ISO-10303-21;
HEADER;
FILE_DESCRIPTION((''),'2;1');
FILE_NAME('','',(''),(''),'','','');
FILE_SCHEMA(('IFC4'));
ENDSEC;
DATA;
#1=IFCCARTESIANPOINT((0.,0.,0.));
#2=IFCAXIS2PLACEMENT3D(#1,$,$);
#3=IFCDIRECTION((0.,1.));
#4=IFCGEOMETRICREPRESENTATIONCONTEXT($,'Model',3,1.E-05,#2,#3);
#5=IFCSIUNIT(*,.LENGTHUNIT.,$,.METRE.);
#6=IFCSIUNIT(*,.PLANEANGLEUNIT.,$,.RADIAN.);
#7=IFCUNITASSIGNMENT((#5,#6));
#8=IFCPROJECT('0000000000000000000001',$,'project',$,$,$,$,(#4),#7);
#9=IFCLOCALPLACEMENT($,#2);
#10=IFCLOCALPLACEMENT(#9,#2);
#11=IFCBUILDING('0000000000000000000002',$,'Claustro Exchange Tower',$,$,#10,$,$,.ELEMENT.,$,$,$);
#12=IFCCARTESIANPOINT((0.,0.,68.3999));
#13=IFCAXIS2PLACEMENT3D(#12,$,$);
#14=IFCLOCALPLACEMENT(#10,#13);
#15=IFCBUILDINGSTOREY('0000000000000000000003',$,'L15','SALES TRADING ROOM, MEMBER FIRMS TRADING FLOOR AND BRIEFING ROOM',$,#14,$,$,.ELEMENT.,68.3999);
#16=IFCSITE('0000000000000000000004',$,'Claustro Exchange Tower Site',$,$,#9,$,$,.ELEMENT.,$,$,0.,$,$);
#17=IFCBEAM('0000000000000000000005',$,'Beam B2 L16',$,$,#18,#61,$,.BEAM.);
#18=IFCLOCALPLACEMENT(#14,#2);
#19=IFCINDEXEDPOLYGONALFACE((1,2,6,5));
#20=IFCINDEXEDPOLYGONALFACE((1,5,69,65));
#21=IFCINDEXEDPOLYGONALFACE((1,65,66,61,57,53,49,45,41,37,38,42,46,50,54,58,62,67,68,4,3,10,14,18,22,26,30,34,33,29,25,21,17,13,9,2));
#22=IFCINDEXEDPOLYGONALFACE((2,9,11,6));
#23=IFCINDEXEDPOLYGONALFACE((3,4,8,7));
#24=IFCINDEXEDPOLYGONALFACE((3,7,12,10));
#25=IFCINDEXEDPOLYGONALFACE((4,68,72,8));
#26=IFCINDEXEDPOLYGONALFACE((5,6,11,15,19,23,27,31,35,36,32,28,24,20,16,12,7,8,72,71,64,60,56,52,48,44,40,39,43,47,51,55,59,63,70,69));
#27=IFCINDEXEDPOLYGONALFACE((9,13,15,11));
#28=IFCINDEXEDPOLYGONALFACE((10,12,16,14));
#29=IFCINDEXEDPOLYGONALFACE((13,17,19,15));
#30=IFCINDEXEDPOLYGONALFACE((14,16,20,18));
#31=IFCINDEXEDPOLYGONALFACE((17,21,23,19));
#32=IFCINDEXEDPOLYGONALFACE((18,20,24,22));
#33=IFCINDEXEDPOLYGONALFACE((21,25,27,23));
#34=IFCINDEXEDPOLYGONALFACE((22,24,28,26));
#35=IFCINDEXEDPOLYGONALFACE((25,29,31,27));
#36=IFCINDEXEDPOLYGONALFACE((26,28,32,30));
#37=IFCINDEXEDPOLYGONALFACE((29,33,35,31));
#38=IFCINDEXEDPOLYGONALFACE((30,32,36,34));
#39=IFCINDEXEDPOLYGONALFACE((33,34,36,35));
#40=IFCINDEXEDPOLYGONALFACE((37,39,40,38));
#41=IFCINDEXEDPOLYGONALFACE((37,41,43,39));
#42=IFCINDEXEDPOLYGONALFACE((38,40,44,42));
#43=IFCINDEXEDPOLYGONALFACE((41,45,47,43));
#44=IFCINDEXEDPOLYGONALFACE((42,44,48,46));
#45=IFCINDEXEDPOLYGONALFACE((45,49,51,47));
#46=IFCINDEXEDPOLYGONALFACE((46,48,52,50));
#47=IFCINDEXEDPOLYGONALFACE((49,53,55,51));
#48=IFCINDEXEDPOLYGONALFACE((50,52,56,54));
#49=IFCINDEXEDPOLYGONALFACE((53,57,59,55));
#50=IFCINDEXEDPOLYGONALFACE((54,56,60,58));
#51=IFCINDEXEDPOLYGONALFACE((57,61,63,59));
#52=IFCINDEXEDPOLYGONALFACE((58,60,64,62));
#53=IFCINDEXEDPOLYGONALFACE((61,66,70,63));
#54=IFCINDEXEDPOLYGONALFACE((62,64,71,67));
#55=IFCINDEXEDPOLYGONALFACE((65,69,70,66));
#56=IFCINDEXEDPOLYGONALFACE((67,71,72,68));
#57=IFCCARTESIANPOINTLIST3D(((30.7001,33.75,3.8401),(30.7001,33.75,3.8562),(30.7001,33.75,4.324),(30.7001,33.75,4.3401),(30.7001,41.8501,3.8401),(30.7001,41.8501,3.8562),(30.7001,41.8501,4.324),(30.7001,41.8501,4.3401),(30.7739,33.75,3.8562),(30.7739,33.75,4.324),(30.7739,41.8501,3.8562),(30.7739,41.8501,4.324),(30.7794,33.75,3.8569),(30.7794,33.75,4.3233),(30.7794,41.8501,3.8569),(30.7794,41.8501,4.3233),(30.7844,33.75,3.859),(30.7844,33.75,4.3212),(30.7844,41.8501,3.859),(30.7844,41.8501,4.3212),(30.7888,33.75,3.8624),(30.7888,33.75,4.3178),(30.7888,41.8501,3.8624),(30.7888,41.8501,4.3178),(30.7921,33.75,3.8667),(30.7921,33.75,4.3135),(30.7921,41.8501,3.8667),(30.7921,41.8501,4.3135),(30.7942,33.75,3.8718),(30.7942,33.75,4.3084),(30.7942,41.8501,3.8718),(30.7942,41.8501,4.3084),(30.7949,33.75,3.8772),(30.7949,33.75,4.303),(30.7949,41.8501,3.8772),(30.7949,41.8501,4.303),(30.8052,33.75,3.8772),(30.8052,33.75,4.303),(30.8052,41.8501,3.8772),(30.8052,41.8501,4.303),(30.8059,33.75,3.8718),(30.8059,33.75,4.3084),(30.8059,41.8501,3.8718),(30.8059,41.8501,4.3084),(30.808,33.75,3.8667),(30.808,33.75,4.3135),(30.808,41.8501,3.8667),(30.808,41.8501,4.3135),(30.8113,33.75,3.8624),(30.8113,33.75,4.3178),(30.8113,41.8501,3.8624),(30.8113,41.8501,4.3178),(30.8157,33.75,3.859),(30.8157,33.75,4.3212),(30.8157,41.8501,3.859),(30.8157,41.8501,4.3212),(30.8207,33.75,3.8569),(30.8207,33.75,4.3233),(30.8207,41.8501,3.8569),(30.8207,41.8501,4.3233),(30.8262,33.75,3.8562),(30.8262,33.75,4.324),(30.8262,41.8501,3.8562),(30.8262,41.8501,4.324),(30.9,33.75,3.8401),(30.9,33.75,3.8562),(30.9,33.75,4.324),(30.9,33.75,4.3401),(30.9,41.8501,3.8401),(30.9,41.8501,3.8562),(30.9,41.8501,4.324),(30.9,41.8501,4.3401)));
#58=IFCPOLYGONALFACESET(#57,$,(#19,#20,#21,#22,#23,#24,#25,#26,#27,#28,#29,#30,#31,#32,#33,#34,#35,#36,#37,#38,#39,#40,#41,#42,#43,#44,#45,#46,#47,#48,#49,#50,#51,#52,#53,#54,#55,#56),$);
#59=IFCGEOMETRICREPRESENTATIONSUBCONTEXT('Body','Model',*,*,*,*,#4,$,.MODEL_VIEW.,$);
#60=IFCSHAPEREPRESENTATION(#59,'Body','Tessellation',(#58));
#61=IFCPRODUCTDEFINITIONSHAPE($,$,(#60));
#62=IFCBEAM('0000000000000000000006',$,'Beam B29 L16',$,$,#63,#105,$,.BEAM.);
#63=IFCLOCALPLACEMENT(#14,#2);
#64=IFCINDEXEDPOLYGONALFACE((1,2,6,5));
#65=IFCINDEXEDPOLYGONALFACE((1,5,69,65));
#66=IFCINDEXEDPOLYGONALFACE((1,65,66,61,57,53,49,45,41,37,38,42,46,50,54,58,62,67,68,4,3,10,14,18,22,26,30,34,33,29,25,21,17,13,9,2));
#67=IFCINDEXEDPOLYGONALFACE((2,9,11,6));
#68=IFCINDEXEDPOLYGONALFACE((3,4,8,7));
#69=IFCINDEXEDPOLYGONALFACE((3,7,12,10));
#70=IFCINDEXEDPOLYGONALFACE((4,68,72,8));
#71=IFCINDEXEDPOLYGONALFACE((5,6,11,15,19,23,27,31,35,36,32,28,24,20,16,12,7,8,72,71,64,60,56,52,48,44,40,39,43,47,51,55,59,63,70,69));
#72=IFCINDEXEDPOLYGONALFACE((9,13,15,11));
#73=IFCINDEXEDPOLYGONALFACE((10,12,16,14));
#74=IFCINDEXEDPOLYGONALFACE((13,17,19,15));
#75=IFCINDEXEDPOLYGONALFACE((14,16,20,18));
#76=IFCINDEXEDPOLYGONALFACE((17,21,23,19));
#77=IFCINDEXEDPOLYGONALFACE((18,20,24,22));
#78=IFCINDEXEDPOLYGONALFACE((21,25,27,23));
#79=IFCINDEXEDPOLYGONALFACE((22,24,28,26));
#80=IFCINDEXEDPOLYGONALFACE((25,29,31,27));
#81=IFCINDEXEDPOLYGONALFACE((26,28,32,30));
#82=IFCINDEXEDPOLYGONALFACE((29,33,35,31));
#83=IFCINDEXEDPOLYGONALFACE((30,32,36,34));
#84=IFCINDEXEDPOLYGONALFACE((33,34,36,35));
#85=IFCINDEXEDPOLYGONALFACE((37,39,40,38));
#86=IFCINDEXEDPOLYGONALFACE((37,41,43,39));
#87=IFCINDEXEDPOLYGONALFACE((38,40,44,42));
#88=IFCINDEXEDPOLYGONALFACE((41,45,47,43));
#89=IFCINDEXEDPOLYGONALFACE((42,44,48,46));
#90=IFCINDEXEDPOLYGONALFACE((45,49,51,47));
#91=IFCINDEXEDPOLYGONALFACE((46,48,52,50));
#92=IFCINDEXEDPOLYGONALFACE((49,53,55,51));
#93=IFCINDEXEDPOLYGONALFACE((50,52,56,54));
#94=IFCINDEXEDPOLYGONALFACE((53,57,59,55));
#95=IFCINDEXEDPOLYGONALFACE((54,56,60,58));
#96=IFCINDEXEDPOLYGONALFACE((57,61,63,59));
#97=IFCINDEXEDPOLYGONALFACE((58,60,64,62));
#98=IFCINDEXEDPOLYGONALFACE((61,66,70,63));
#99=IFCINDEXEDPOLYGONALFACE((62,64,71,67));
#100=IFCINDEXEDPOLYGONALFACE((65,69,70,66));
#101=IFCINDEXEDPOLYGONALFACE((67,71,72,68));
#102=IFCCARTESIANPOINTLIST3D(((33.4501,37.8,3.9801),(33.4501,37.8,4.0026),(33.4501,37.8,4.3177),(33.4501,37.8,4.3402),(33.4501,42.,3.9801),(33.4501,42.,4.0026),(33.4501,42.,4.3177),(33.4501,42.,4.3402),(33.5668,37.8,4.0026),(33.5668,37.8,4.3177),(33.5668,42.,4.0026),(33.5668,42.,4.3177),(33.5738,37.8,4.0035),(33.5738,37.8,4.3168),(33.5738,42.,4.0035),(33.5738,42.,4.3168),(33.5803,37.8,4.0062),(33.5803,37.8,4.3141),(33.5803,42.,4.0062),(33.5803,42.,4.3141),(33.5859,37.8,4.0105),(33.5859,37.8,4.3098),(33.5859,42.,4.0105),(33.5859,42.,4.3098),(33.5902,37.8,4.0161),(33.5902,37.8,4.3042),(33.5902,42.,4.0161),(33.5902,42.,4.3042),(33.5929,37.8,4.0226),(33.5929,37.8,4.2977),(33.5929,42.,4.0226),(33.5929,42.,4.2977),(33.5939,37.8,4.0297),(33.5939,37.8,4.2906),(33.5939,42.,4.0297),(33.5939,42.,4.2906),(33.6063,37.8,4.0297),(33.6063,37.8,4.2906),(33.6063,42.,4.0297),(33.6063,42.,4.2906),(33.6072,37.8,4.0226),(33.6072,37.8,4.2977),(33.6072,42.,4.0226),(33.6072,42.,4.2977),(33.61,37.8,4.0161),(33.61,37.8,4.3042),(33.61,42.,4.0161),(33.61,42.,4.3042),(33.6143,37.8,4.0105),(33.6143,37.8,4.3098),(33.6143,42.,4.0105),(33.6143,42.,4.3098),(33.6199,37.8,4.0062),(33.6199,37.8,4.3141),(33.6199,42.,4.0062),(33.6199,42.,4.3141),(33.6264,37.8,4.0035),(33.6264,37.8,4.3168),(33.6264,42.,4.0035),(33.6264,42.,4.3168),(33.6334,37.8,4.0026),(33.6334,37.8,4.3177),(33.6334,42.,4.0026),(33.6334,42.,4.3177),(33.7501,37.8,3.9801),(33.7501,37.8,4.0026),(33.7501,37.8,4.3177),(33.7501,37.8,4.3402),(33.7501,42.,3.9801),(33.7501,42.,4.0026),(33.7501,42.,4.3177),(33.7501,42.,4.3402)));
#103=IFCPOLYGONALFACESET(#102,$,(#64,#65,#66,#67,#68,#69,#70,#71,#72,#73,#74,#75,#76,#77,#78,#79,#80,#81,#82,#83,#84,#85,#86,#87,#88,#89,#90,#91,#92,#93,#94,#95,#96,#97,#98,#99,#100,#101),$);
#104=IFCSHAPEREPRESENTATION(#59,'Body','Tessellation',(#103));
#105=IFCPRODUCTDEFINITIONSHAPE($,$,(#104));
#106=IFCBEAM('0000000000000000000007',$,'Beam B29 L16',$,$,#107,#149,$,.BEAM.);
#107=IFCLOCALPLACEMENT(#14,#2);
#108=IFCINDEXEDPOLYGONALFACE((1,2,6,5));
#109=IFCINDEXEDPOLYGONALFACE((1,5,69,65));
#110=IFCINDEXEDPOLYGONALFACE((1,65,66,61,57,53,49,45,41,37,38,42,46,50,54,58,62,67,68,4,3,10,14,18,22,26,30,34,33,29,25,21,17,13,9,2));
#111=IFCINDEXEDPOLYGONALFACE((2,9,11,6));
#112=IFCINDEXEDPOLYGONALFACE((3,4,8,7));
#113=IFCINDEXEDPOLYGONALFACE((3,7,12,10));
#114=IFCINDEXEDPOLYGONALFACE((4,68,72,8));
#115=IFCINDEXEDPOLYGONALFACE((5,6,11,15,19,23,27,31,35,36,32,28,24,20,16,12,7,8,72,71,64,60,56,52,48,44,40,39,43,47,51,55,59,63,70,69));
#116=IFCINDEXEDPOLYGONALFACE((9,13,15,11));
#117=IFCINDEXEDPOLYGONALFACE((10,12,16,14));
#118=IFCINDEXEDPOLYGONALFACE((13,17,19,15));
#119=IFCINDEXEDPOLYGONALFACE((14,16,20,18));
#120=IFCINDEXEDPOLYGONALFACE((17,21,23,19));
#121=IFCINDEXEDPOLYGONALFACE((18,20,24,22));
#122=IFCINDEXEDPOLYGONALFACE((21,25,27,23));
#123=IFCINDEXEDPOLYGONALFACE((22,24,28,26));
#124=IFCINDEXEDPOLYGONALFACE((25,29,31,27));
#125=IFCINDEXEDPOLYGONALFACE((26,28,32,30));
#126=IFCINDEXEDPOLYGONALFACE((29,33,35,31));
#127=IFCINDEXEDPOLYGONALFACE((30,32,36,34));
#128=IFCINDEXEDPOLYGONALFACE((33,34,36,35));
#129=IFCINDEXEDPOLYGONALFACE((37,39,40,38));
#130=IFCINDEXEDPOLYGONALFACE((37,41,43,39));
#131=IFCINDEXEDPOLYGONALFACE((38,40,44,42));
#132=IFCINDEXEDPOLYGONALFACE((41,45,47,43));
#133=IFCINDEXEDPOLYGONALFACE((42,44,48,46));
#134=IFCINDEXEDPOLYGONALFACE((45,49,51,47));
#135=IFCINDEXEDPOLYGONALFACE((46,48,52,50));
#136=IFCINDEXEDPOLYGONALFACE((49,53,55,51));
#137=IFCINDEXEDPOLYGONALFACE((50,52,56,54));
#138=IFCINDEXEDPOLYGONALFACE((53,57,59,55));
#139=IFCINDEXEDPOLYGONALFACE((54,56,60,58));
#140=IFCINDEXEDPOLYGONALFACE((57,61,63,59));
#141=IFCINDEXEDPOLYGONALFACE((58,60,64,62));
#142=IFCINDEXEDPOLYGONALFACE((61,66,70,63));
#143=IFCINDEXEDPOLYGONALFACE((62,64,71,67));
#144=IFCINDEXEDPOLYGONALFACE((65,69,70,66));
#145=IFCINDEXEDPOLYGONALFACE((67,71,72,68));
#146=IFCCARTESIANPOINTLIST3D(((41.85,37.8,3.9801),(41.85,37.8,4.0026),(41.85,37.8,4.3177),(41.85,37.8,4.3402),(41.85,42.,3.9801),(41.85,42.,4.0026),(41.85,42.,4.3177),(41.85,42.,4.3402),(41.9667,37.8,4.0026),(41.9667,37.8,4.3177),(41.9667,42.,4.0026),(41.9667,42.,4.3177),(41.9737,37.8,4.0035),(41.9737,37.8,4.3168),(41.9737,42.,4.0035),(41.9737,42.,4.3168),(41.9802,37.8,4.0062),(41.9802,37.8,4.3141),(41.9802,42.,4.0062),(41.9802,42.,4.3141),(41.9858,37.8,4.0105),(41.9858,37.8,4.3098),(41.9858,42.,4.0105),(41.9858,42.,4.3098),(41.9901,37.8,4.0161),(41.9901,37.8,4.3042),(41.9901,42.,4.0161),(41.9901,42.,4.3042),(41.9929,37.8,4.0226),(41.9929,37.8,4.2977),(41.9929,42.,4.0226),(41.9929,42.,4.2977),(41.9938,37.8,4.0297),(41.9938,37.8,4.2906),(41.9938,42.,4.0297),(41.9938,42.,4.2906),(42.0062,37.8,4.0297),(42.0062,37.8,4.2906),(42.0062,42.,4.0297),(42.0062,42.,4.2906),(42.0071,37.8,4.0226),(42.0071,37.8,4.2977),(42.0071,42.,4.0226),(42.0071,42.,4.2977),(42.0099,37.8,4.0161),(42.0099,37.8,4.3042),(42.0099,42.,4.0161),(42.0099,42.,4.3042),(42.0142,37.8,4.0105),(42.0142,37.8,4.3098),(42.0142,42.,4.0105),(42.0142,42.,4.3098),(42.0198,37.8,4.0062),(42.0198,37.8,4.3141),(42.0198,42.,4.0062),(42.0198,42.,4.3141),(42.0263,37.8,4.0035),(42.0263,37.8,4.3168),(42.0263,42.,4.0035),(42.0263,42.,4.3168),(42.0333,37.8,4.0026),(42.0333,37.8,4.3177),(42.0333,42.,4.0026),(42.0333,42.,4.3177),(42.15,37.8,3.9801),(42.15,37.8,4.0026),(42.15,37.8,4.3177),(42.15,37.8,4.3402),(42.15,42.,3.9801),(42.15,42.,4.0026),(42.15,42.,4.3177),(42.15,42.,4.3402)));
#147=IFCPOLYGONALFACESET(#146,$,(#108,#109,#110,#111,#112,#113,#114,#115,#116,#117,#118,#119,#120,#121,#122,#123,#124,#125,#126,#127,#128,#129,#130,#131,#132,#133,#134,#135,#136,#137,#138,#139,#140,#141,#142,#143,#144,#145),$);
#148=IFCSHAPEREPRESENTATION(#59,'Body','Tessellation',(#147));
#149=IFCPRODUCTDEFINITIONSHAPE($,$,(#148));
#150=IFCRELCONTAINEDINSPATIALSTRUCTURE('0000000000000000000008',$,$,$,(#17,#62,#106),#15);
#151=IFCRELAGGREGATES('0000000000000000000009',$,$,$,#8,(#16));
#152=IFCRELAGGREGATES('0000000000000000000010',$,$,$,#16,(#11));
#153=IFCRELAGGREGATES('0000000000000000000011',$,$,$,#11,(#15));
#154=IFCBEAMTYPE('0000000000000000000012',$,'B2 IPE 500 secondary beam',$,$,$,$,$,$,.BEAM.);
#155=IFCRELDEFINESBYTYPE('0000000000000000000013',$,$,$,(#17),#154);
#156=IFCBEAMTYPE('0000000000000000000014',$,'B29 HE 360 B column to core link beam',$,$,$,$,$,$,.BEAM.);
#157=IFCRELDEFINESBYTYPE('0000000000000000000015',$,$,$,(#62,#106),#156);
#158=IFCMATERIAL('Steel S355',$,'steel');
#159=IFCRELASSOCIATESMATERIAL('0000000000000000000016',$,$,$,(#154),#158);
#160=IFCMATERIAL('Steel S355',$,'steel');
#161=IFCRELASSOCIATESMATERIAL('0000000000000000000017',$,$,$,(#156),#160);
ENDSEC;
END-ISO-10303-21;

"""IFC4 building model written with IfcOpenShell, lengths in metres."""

from ifc_helpers import new_model, si_unit, direction, frame, origin, origin_2d, place, context, subcontext, project, spatial, i_section, extrude, material, material_profile, profile_set, type_object, element, save


model = new_model("IFC4")

# Units and contexts
model_context = context("Model", 3, precision=1e-05, world=origin(), true_north=direction((0.0, 1.0)))
body_context = subcontext(model_context, "Body", "Model", "MODEL_VIEW")
ifc_project = project(units=[si_unit("LENGTHUNIT", "METRE"), si_unit("PLANEANGLEUNIT", "RADIAN")], contexts=[model_context])

# Site, building, storey
site_placement = place(None, origin())
site = spatial("IfcSite", under=ifc_project, at=site_placement, Name="Claustro Exchange Tower Site", CompositionType="ELEMENT", RefElevation=0.0)
building_placement = place(site_placement, origin())
building = spatial("IfcBuilding", under=site, at=building_placement, Name="Claustro Exchange Tower", CompositionType="ELEMENT")
storey_placement = place(building_placement, frame((0.0, 0.0, 68.3999)))
storey = spatial("IfcBuildingStorey", under=building, at=storey_placement, Name="L15", Description="SALES TRADING ROOM, MEMBER FIRMS TRADING FLOOR AND BRIEFING ROOM", CompositionType="ELEMENT", Elevation=68.3999)

# Beams
ifc_material_1 = material(Name="Steel S355", Category="steel")
ifc_material_profile_1 = material_profile(ifc_material_1, i_section(OverallWidth=0.2, OverallDepth=0.5, WebThickness=0.0103, FlangeThickness=0.0161, FilletRadius=0.021, at=origin_2d()), Name="IPE 500")
ifc_profile_set_1 = profile_set([ifc_material_profile_1], Name="Steel S355")
beam_type_1 = type_object("IfcBeamType", Name="B2 IPE 500 secondary beam", PredefinedType="BEAM", material=ifc_profile_set_1)
for number, where, z_axis, x_axis, name in (
    (1, (30.8, 33.75, 4.0901), (0.0, 1.0, 0.0), (-1.0, 0.0, 0.0), "Beam B2 L16"),
):
    element("IfcBeam", number, at=place(storey_placement, frame(where, z_axis=z_axis, x_axis=x_axis)), inside=storey, type_object=beam_type_1, Name=name, PredefinedType="BEAM", context=body_context, shape_type="SweptSolid", body=[
        extrude(i_section(OverallWidth=0.2, OverallDepth=0.5, WebThickness=0.0103, FlangeThickness=0.0161, FilletRadius=0.021, at=origin_2d()), origin(), (0.0, 0.0, 1.0), 8.1001),
    ])
ifc_material_2 = material(Name="Steel S355", Category="steel")
ifc_material_profile_2 = material_profile(ifc_material_2, i_section(OverallWidth=0.3, OverallDepth=0.3601, WebThickness=0.0125, FlangeThickness=0.0225, FilletRadius=0.0271, at=origin_2d()), Name="HE 360 B")
ifc_profile_set_2 = profile_set([ifc_material_profile_2], Name="Steel S355")
beam_type_2 = type_object("IfcBeamType", Name="B29 HE 360 B column to core link beam", PredefinedType="BEAM", material=ifc_profile_set_2)
for number, where, z_axis, x_axis, name in (
    (2, (33.6001, 37.8, 4.1602), (0.0, 1.0, 0.0), (-1.0, 0.0, 0.0), "Beam B29 L16"),
    (3, (42.0, 37.8, 4.1602), (0.0, 1.0, 0.0), (-1.0, 0.0, 0.0), "Beam B29 L16"),
):
    element("IfcBeam", number, at=place(storey_placement, frame(where, z_axis=z_axis, x_axis=x_axis)), inside=storey, type_object=beam_type_2, Name=name, PredefinedType="BEAM", context=body_context, shape_type="SweptSolid", body=[
        extrude(i_section(OverallWidth=0.3, OverallDepth=0.3601, WebThickness=0.0125, FlangeThickness=0.0225, FilletRadius=0.0271, at=origin_2d()), origin(), (0.0, 0.0, 1.0), 4.2),
    ])

save(model, "model.ifc")
